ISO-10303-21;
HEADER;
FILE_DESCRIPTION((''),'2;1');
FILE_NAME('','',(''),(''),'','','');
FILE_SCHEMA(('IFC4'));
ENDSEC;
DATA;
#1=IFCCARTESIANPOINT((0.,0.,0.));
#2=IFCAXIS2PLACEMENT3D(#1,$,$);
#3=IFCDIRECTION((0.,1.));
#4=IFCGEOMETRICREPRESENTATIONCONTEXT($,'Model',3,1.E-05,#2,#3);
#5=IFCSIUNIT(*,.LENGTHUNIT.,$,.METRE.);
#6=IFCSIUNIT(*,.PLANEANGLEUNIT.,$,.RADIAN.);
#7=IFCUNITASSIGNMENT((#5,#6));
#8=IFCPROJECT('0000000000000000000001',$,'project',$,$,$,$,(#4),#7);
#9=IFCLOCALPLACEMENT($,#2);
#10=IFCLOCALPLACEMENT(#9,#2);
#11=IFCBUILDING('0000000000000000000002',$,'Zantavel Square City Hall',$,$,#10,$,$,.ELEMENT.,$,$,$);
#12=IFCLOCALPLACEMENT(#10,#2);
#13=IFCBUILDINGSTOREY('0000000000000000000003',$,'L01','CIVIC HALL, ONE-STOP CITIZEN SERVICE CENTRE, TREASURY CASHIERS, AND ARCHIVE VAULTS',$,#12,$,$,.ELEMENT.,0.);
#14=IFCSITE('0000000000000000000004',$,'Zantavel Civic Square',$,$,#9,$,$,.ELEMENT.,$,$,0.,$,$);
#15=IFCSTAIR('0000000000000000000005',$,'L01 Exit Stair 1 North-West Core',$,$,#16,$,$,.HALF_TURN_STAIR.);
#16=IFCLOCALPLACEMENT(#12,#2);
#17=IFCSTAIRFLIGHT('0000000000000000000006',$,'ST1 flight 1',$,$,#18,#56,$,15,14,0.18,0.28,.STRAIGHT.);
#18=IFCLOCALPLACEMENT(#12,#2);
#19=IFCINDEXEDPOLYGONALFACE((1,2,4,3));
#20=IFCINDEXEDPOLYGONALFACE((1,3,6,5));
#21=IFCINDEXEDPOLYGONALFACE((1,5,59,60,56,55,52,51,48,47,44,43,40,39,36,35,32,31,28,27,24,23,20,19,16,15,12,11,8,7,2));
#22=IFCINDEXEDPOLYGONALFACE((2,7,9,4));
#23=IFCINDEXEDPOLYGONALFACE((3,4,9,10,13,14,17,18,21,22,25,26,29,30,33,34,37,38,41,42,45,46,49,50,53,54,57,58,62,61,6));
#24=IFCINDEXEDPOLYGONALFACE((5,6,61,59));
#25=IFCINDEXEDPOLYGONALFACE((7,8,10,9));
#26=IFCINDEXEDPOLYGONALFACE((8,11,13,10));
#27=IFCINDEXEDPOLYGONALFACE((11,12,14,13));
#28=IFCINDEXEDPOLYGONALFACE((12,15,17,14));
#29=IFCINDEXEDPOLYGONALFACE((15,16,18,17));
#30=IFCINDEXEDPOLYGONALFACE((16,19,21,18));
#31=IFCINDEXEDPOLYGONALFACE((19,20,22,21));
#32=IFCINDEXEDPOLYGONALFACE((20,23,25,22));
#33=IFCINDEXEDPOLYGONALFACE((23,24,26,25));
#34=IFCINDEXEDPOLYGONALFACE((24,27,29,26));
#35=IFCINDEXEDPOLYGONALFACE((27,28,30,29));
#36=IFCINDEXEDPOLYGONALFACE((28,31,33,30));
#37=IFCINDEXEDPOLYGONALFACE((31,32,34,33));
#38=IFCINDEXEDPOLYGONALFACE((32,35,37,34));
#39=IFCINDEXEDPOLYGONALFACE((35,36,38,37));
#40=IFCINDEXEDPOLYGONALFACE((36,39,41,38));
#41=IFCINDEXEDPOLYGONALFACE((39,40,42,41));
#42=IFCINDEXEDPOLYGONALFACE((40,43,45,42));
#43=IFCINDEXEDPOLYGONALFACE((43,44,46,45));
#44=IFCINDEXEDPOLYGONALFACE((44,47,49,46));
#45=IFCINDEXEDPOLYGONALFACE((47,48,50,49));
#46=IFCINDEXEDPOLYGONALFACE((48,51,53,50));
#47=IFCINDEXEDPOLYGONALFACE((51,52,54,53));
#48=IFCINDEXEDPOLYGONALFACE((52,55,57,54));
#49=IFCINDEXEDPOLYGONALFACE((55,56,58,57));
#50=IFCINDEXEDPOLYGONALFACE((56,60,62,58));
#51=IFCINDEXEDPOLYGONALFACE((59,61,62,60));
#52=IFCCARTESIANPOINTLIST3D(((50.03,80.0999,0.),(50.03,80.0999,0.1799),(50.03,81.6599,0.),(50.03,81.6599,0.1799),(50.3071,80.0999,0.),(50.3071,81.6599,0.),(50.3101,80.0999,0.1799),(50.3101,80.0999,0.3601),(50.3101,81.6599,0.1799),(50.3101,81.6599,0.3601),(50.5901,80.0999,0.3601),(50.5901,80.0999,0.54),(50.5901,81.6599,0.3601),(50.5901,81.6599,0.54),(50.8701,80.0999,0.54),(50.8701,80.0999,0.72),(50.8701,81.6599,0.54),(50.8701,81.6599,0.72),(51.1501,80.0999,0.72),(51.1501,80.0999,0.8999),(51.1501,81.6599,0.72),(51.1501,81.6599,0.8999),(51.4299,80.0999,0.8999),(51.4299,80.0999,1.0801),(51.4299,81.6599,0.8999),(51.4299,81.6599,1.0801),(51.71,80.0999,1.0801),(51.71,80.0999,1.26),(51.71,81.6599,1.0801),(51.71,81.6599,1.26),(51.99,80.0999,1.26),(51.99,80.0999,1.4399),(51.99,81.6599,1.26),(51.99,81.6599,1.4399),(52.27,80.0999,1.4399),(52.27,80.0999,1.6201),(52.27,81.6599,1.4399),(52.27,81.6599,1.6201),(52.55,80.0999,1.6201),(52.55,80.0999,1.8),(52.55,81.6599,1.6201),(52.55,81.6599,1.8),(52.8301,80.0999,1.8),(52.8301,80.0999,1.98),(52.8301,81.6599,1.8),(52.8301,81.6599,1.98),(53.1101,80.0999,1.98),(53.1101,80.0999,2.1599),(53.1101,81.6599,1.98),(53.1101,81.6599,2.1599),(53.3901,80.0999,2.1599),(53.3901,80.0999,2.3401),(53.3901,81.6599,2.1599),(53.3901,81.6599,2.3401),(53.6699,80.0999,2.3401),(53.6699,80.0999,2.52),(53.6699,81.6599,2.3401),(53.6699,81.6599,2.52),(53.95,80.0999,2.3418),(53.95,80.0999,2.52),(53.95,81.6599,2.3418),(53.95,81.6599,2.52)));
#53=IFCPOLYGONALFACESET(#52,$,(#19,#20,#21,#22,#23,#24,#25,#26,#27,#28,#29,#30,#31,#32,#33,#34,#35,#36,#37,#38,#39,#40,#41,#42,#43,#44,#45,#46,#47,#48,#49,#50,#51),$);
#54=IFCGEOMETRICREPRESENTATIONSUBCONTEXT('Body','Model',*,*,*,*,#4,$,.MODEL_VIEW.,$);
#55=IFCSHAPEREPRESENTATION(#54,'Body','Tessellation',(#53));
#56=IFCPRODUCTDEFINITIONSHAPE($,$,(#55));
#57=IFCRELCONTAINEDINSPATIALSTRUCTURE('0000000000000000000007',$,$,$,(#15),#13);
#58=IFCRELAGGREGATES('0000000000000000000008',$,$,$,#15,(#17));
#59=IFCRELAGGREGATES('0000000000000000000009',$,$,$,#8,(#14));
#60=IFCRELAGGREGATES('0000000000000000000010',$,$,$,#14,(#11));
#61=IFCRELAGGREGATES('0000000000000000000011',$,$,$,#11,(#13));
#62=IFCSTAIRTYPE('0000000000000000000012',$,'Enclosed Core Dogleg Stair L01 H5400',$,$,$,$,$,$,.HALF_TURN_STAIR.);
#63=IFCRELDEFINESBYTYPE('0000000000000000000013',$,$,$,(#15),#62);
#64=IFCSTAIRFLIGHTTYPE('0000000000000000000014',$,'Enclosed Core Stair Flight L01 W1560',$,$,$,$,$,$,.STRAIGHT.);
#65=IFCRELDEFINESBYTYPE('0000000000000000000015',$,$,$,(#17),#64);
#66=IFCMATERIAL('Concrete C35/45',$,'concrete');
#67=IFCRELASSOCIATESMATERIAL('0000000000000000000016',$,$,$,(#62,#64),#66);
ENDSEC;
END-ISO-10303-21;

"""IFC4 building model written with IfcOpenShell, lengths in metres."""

from ifc_helpers import new_model, si_unit, direction, frame, origin, place, context, subcontext, project, spatial, polyline, outline, extrude, material, type_object, element, aggregate, save


model = new_model("IFC4")

# Units and contexts
model_context = context("Model", 3, precision=1e-05, world=origin(), true_north=direction((0.0, 1.0)))
body_context = subcontext(model_context, "Body", "Model", "MODEL_VIEW")
ifc_project = project(units=[si_unit("LENGTHUNIT", "METRE"), si_unit("PLANEANGLEUNIT", "RADIAN")], contexts=[model_context])

# Site, building, storey
site_placement = place(None, origin())
site = spatial("IfcSite", under=ifc_project, at=site_placement, Name="Zantavel Civic Square", CompositionType="ELEMENT", RefElevation=0.0)
building_placement = place(site_placement, origin())
building = spatial("IfcBuilding", under=site, at=building_placement, Name="Zantavel Square City Hall", CompositionType="ELEMENT")
storey_placement = place(building_placement, origin())
storey = spatial("IfcBuildingStorey", under=building, at=storey_placement, Name="L01", Description="CIVIC HALL, ONE-STOP CITIZEN SERVICE CENTRE, TREASURY CASHIERS, AND ARCHIVE VAULTS", CompositionType="ELEMENT", Elevation=0.0)

# Shared definitions
ifc_material_1 = material(Name="Concrete C35/45", Category="concrete")

# Stair, stair flight
stair_type = type_object("IfcStairType", Name="Enclosed Core Dogleg Stair L01 H5400", PredefinedType="HALF_TURN_STAIR", material=ifc_material_1)
stair_placement = place(storey_placement, origin())
stair = element("IfcStair", 1, at=stair_placement, inside=storey, type_object=stair_type, Name="L01 Exit Stair 1 North-West Core", PredefinedType="HALF_TURN_STAIR")
stair_flight_type = type_object("IfcStairFlightType", Name="Enclosed Core Stair Flight L01 W1560", PredefinedType="STRAIGHT", material=ifc_material_1)
stair_flight_placement = place(storey_placement, frame((50.03, 80.8799, 0.0), z_axis=(0.0, 0.0, 1.0), x_axis=(1.0, 0.0, 0.0)))
stair_flight = element("IfcStairFlight", 2, at=stair_flight_placement, type_object=stair_flight_type, Name="ST1 flight 1", NumberOfRisers=15, NumberOfTreads=14, PredefinedType="STRAIGHT", RiserHeight=0.18, TreadLength=0.28, context=body_context, shape_type="SweptSolid", body=[
    extrude(outline(polyline([(0.0, 0.0), (0.0, 0.1799), (0.28, 0.1799), (0.28, 0.3601), (0.5601, 0.3601), (0.5601, 0.54), (0.8401, 0.54), (0.8401, 0.72), (1.1201, 0.72), (1.1201, 0.8999), (1.3999, 0.8999), (1.3999, 1.0801), (1.6799, 1.0801), (1.6799, 1.26), (1.96, 1.26), (1.96, 1.4399), (2.24, 1.4399), (2.24, 1.6201), (2.52, 1.6201), (2.52, 1.8), (2.8, 1.8), (2.8, 1.98), (3.0801, 1.98), (3.0801, 2.1599), (3.3601, 2.1599), (3.3601, 2.3401), (3.6399, 2.3401), (3.6399, 2.52), (3.9199, 2.52), (3.9199, 2.7), (3.9199, 2.3418), (0.2771, 0.0), (0.0, 0.0)])), frame((0.0, 0.78, 0.0), z_axis=(0.0, -1.0, 0.0), x_axis=(1.0, 0.0, 0.0)), (0.0, 0.0, 1.0), 1.5601),
])
aggregate(stair, [stair_flight])

save(model, "model.ifc")
